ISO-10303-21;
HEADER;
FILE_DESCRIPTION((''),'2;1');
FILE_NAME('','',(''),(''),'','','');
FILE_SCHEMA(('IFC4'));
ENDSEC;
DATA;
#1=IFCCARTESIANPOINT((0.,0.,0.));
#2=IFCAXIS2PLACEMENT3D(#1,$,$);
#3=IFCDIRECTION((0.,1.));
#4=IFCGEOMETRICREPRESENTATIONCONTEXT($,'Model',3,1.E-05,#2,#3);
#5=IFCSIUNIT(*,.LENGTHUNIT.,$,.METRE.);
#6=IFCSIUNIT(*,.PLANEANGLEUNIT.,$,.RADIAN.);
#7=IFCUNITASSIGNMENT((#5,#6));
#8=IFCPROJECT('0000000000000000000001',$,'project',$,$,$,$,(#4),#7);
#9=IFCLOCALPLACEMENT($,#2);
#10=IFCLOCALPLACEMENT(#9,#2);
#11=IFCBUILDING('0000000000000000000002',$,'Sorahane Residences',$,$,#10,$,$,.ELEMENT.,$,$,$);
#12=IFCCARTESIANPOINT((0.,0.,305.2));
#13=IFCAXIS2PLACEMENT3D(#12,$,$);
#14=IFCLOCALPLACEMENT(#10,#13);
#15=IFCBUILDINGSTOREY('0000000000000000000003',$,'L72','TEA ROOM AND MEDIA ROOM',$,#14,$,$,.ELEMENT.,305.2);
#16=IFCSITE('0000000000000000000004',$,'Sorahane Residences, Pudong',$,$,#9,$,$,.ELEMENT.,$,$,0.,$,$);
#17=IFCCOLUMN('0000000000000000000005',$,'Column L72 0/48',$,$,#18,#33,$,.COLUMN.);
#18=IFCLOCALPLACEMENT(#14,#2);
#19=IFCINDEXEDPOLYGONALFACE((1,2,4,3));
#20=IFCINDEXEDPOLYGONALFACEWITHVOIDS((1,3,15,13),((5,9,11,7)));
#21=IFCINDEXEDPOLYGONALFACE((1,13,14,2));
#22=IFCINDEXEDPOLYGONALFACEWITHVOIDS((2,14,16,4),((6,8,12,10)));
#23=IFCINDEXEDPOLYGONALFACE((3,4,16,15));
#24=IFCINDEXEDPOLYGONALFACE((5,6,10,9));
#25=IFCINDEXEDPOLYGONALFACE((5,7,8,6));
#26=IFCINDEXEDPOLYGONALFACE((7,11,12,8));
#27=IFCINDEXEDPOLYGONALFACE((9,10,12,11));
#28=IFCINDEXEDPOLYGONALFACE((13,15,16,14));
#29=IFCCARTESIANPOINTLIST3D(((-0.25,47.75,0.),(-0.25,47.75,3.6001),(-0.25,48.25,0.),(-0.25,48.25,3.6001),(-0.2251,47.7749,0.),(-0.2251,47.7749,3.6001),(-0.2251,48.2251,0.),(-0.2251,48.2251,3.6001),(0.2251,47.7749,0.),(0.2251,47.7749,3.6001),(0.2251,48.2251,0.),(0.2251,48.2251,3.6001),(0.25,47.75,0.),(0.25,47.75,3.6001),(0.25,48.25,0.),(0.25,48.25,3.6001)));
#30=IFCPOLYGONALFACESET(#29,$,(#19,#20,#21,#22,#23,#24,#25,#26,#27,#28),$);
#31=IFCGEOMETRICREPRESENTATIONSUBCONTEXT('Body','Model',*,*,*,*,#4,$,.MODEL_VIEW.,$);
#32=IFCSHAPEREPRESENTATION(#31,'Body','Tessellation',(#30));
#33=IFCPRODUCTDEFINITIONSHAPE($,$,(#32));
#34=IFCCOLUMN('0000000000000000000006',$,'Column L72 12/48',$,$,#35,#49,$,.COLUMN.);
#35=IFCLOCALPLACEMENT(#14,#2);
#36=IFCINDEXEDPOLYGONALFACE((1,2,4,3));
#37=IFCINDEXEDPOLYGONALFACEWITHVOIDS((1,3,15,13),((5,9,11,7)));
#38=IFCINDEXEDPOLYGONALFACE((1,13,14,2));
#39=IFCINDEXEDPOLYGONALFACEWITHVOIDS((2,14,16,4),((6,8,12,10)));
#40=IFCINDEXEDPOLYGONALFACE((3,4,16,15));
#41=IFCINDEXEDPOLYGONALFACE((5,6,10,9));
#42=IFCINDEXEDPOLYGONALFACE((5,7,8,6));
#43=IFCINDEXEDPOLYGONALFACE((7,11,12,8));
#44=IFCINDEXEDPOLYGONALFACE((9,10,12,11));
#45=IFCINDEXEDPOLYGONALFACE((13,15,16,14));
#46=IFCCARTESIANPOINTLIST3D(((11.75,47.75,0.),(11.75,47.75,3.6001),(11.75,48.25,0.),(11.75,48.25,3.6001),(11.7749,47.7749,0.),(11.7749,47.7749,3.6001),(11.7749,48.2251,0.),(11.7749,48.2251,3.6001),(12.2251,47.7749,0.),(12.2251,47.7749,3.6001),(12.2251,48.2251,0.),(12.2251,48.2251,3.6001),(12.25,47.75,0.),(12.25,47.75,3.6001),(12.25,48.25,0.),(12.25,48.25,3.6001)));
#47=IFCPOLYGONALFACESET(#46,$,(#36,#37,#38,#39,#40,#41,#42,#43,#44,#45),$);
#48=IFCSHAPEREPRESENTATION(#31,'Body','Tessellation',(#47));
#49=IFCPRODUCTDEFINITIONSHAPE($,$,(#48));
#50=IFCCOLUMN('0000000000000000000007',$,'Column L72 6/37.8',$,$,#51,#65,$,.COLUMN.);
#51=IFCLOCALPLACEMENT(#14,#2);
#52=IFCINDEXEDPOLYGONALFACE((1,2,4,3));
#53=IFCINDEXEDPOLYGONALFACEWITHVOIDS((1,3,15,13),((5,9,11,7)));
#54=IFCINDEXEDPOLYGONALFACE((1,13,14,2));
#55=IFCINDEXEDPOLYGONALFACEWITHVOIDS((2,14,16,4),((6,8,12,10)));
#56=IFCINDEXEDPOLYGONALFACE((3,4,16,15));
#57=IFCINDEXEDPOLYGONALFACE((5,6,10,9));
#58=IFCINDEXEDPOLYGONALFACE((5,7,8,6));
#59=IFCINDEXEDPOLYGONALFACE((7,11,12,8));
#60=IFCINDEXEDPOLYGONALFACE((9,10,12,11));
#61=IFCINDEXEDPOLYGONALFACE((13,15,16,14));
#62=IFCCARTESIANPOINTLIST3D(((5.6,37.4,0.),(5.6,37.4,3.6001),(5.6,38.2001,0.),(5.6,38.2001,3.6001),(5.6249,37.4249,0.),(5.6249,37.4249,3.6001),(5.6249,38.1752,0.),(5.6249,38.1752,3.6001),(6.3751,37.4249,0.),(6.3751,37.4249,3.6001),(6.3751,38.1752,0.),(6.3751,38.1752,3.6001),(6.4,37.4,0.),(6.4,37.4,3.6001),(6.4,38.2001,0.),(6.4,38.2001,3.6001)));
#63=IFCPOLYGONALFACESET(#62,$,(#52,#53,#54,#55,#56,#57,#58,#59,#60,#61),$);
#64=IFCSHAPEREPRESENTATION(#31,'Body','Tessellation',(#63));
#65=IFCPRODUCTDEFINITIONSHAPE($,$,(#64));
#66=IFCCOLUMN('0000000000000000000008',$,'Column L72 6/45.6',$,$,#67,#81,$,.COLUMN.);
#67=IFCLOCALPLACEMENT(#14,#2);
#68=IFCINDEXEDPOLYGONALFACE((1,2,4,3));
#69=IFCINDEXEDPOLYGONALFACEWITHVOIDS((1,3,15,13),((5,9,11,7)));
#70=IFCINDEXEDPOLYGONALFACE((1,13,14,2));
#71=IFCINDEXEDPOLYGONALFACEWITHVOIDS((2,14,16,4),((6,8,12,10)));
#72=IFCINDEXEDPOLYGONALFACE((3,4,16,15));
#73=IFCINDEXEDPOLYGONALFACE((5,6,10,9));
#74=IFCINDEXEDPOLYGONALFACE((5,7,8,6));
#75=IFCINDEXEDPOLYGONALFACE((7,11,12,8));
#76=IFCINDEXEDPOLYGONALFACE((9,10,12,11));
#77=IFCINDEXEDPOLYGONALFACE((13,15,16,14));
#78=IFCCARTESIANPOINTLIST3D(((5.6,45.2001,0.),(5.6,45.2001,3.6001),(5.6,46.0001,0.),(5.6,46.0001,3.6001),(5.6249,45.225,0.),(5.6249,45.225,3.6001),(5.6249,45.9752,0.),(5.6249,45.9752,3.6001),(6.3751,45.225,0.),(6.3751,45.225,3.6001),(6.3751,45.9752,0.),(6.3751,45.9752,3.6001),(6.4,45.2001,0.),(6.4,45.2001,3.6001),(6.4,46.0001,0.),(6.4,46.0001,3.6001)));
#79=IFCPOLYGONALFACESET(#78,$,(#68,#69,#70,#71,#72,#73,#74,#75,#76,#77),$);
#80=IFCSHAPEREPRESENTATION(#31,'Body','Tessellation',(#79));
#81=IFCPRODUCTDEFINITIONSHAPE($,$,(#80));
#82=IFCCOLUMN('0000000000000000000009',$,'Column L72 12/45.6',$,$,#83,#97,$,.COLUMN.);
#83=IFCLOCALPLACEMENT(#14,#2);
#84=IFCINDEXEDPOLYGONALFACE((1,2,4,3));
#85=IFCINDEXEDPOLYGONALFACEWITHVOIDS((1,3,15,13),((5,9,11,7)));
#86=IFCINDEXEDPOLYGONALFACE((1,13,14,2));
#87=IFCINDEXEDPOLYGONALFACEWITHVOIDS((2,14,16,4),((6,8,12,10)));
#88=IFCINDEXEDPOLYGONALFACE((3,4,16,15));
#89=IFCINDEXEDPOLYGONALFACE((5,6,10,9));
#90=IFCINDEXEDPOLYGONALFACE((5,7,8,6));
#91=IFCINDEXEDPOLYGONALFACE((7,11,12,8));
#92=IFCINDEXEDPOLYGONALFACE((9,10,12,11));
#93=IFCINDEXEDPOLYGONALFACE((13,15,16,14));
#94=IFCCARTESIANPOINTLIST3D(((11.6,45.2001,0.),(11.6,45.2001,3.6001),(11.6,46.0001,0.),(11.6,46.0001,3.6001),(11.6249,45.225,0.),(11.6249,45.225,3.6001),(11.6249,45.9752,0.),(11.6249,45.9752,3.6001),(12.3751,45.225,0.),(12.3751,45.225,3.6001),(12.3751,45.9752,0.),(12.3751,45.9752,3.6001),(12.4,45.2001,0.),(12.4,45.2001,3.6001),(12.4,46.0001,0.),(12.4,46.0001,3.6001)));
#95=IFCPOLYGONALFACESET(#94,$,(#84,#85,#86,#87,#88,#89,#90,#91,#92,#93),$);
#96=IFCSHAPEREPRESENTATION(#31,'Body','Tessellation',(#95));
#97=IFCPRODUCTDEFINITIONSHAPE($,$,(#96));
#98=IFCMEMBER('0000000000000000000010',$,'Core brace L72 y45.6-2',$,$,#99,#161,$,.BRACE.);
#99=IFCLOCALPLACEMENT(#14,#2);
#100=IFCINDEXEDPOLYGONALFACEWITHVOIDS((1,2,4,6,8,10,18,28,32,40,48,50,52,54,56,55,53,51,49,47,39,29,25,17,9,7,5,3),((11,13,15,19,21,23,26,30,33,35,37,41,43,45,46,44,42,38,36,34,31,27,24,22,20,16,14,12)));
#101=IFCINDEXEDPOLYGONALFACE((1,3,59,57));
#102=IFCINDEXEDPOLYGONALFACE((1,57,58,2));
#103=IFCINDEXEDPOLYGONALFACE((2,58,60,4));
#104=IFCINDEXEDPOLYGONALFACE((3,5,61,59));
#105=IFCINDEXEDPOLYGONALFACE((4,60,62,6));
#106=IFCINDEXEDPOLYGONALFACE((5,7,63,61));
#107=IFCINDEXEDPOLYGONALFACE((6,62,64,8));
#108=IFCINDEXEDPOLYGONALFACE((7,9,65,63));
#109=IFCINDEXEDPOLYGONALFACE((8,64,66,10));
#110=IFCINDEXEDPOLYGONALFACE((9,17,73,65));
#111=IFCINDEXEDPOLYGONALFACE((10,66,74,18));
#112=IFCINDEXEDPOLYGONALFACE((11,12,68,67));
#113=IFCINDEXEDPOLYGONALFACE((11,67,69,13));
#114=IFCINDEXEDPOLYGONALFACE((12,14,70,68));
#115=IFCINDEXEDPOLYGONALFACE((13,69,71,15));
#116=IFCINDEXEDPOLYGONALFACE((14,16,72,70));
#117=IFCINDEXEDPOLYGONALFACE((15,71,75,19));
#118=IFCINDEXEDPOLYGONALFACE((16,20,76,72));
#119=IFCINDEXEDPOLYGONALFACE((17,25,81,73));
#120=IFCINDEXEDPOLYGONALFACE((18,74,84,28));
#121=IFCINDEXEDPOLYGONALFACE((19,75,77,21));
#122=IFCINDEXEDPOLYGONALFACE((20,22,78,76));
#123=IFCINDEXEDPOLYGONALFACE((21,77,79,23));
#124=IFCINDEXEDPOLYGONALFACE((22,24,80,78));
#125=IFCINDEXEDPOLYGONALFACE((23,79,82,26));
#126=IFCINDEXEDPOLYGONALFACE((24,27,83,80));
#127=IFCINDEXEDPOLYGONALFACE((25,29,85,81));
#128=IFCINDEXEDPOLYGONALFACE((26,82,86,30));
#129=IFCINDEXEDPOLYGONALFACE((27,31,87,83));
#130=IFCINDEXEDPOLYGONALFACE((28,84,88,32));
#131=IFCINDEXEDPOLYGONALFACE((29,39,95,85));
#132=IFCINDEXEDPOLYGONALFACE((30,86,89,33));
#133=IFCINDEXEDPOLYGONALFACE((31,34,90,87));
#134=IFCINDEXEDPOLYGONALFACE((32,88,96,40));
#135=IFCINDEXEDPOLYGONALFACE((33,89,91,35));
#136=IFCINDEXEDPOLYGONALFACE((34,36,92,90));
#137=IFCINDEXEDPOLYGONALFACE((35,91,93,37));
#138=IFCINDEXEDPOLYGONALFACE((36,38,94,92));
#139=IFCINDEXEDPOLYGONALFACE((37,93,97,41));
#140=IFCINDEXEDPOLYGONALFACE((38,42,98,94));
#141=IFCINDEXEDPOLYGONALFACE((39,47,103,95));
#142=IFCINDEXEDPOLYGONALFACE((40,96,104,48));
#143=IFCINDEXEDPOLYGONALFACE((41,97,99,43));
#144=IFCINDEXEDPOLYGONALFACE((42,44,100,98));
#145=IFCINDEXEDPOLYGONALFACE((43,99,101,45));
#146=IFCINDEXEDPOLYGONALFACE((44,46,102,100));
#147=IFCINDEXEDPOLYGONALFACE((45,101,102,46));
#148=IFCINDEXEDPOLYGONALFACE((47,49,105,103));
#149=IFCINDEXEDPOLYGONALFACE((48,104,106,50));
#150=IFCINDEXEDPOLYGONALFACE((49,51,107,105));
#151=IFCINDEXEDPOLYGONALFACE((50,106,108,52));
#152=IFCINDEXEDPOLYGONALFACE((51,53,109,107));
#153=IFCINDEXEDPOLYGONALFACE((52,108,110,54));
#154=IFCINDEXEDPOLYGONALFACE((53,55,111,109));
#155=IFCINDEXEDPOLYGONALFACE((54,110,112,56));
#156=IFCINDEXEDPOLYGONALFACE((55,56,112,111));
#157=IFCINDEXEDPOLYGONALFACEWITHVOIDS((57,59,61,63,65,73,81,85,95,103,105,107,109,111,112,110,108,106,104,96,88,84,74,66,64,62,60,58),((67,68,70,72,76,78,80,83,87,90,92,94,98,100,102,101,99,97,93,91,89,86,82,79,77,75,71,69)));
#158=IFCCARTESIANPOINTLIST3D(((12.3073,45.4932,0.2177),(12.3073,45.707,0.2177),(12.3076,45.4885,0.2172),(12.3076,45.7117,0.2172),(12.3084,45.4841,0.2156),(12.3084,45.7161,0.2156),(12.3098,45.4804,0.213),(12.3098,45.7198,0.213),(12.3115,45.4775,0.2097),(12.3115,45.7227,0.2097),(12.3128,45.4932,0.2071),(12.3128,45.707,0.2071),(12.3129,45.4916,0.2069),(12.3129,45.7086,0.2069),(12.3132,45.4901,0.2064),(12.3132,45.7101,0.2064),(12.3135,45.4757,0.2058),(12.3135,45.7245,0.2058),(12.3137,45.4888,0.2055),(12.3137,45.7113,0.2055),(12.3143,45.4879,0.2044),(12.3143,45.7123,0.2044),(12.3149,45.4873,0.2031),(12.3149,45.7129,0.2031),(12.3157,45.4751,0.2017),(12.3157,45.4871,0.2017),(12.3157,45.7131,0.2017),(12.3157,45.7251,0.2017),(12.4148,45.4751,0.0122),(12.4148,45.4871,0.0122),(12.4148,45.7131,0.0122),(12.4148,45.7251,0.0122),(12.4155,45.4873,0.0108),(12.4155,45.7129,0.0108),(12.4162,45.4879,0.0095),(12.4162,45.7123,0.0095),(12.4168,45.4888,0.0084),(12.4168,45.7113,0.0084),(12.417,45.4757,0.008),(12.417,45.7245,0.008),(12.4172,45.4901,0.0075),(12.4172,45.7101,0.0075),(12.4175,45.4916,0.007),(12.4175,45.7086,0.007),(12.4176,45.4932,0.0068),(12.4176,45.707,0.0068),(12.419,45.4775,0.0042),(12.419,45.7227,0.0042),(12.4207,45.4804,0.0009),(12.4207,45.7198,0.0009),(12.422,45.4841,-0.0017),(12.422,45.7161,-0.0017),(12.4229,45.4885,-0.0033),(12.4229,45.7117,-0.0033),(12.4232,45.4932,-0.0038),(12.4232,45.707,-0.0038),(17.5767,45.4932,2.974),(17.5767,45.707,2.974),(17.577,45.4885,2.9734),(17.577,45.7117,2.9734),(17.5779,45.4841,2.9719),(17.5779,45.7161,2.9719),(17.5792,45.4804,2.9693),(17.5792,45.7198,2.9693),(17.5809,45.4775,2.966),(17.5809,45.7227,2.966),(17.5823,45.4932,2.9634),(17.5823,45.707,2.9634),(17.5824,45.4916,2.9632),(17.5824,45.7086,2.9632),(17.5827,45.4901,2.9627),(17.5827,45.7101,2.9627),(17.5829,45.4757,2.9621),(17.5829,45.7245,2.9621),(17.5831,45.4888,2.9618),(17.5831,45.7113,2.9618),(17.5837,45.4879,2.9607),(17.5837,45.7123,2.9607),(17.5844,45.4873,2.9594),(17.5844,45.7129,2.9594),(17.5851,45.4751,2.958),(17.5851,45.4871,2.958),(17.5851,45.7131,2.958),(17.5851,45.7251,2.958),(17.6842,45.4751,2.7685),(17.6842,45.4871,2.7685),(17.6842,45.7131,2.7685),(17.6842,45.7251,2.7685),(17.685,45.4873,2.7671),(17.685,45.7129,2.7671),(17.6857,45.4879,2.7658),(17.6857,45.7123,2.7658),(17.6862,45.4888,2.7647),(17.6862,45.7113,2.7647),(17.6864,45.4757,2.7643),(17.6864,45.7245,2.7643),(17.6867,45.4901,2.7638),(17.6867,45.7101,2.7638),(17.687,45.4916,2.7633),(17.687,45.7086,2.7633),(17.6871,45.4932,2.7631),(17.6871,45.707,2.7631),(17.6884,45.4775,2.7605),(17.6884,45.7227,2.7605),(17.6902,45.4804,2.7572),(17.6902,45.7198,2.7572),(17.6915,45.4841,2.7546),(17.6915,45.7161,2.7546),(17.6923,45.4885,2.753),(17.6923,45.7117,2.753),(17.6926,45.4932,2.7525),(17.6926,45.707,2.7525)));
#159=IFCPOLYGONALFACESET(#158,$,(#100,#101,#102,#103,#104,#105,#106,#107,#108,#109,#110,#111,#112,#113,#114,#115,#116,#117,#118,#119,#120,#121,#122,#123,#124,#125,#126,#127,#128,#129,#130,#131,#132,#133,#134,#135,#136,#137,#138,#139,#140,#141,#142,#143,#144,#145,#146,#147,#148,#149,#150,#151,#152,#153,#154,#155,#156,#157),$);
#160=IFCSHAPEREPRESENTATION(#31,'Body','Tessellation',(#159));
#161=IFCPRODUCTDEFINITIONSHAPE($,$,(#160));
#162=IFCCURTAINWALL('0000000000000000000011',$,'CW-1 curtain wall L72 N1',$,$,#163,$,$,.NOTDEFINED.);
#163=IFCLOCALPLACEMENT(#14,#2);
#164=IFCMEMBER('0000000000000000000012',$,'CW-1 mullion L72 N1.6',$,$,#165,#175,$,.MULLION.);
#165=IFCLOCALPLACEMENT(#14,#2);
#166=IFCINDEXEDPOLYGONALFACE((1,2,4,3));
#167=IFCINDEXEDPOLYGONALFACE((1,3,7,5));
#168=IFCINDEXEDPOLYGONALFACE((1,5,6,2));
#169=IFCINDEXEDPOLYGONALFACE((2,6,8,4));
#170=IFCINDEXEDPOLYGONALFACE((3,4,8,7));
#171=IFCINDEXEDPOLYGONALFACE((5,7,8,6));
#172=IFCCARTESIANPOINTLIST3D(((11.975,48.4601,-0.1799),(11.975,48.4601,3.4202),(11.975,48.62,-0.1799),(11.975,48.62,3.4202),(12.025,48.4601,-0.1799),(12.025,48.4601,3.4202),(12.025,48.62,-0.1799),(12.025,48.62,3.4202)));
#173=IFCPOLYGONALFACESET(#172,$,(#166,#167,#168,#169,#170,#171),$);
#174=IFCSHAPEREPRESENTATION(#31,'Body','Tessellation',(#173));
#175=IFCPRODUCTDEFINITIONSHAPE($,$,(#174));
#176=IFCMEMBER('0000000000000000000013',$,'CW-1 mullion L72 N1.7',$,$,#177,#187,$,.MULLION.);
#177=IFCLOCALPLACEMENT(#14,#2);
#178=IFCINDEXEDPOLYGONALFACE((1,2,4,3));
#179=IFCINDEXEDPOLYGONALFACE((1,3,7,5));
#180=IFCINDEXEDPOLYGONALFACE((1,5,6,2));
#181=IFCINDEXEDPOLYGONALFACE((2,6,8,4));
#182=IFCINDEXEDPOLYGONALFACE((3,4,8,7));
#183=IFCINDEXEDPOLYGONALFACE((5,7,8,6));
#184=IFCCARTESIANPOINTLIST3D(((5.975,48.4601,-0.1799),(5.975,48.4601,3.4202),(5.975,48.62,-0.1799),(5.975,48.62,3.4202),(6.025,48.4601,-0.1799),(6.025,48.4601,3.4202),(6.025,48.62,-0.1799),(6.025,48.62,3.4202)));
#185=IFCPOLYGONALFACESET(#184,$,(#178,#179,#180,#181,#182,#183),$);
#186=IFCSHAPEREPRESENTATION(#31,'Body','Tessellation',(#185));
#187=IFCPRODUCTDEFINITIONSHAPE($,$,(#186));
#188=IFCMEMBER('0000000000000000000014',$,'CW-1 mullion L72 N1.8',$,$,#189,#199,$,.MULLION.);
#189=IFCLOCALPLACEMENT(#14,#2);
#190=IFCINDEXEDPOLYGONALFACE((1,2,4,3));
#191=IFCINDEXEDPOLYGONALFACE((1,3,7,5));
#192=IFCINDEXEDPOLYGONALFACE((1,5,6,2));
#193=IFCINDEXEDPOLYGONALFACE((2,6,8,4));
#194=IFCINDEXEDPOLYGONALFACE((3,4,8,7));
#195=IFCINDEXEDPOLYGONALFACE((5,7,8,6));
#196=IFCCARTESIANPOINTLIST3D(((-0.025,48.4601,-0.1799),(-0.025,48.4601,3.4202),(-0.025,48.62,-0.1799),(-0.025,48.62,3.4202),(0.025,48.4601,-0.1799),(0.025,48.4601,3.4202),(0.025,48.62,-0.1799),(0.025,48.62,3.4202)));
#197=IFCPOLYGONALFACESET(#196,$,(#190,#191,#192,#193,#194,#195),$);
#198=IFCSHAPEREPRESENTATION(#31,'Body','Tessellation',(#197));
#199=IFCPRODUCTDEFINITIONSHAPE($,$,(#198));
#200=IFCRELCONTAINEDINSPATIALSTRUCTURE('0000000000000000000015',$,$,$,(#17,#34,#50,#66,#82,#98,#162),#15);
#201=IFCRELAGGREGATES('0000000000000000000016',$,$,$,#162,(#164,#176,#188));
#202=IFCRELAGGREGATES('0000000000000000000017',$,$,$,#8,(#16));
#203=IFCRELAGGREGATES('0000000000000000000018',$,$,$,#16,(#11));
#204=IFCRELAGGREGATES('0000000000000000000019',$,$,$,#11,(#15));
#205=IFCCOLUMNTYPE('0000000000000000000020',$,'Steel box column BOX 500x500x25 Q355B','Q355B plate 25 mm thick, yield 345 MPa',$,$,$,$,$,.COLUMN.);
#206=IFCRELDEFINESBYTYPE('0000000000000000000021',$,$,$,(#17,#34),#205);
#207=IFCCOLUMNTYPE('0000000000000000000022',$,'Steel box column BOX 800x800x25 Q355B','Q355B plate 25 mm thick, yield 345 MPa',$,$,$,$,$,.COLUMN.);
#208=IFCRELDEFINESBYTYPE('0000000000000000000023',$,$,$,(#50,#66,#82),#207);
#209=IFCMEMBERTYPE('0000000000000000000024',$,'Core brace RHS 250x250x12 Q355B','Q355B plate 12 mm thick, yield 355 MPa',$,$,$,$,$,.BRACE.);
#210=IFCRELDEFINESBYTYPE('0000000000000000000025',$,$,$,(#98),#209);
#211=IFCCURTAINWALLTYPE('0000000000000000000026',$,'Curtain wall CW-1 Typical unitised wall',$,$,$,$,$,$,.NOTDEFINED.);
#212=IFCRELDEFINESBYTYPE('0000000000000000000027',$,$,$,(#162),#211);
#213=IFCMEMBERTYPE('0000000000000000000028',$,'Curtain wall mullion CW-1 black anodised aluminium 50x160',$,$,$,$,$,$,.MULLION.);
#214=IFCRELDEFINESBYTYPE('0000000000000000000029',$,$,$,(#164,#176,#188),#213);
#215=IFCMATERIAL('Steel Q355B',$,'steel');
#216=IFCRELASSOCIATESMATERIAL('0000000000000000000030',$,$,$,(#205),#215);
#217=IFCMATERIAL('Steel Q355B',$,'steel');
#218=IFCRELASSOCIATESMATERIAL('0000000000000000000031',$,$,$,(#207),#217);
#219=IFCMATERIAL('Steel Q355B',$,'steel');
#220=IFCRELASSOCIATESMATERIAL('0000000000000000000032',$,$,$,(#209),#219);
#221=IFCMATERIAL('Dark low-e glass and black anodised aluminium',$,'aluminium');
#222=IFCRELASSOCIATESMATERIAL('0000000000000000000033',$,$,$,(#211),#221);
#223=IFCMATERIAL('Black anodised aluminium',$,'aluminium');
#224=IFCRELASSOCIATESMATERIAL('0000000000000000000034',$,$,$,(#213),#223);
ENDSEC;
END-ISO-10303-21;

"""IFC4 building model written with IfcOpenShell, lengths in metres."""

from ifc_helpers import new_model, si_unit, direction, frame, origin, origin_2d, place, context, subcontext, project, spatial, rectangle, hollow_rectangle, extrude, material, material_profile, profile_set, type_object, element, aggregate, save


model = new_model("IFC4")

# Units and contexts
model_context = context("Model", 3, precision=1e-05, world=origin(), true_north=direction((0.0, 1.0)))
body_context = subcontext(model_context, "Body", "Model", "MODEL_VIEW")
ifc_project = project(units=[si_unit("LENGTHUNIT", "METRE"), si_unit("PLANEANGLEUNIT", "RADIAN")], contexts=[model_context])

# Site, building, storey
site_placement = place(None, origin())
site = spatial("IfcSite", under=ifc_project, at=site_placement, Name="Sorahane Residences, Pudong", CompositionType="ELEMENT", RefElevation=0.0)
building_placement = place(site_placement, origin())
building = spatial("IfcBuilding", under=site, at=building_placement, Name="Sorahane Residences", CompositionType="ELEMENT")
storey_placement = place(building_placement, frame((0.0, 0.0, 305.2)))
storey = spatial("IfcBuildingStorey", under=building, at=storey_placement, Name="L72", Description="TEA ROOM AND MEDIA ROOM", CompositionType="ELEMENT", Elevation=305.2)

# Columns
ifc_material_1 = material(Name="Steel Q355B", Category="steel")
ifc_material_profile_1 = material_profile(ifc_material_1, hollow_rectangle(XDim=0.5, YDim=0.5, WallThickness=0.0249, at=origin_2d()), Name="BOX 500x500x25")
ifc_profile_set_1 = profile_set([ifc_material_profile_1], Name="Steel Q355B")
column_type_1 = type_object("IfcColumnType", Name="Steel box column BOX 500x500x25 Q355B", Description="Q355B plate 25 mm thick, yield 345 MPa", PredefinedType="COLUMN", material=ifc_profile_set_1)
for number, where, z_axis, x_axis, name in (
    (1, (0.0, 48.0, 0.0), (0.0, 0.0, 1.0), (1.0, 0.0, 0.0), "Column L72 0/48"),
    (2, (12.0, 48.0, 0.0), (0.0, 0.0, 1.0), (1.0, 0.0, 0.0), "Column L72 12/48"),
):
    element("IfcColumn", number, at=place(storey_placement, frame(where, z_axis=z_axis, x_axis=x_axis)), inside=storey, type_object=column_type_1, Name=name, PredefinedType="COLUMN", context=body_context, shape_type="SweptSolid", body=[
        extrude(hollow_rectangle(XDim=0.5, YDim=0.5, WallThickness=0.0249, at=origin_2d()), origin(), (0.0, 0.0, 1.0), 3.6001),
    ])
ifc_material_2 = material(Name="Steel Q355B", Category="steel")
ifc_material_profile_2 = material_profile(ifc_material_2, hollow_rectangle(XDim=0.8, YDim=0.8, WallThickness=0.0249, at=origin_2d()), Name="BOX 800x800x25")
ifc_profile_set_2 = profile_set([ifc_material_profile_2], Name="Steel Q355B")
column_type_2 = type_object("IfcColumnType", Name="Steel box column BOX 800x800x25 Q355B", Description="Q355B plate 25 mm thick, yield 345 MPa", PredefinedType="COLUMN", material=ifc_profile_set_2)
for number, where, z_axis, x_axis, name in (
    (3, (6.0, 37.8, 0.0), (0.0, 0.0, 1.0), (1.0, 0.0, 0.0), "Column L72 6/37.8"),
    (4, (6.0, 45.6001, 0.0), (0.0, 0.0, 1.0), (1.0, 0.0, 0.0), "Column L72 6/45.6"),
    (5, (12.0, 45.6001, 0.0), (0.0, 0.0, 1.0), (1.0, 0.0, 0.0), "Column L72 12/45.6"),
):
    element("IfcColumn", number, at=place(storey_placement, frame(where, z_axis=z_axis, x_axis=x_axis)), inside=storey, type_object=column_type_2, Name=name, PredefinedType="COLUMN", context=body_context, shape_type="SweptSolid", body=[
        extrude(hollow_rectangle(XDim=0.8, YDim=0.8, WallThickness=0.0249, at=origin_2d()), origin(), (0.0, 0.0, 1.0), 3.6001),
    ])

# Member
ifc_material_3 = material(Name="Steel Q355B", Category="steel")
ifc_material_profile_3 = material_profile(ifc_material_3, hollow_rectangle(XDim=0.25, YDim=0.25, WallThickness=0.012, InnerFilletRadius=0.0061, OuterFilletRadius=0.0181, at=origin_2d()), Name="RHS 250x250x12")
ifc_profile_set_3 = profile_set([ifc_material_profile_3], Name="Steel Q355B")
member_type_1 = type_object("IfcMemberType", Name="Core brace RHS 250x250x12 Q355B", Description="Q355B plate 12 mm thick, yield 355 MPa", PredefinedType="BRACE", material=ifc_profile_set_3)
member_1_placement = place(storey_placement, frame((12.3652, 45.6001, 0.1069), z_axis=(0.8861, 0.0, 0.463495), x_axis=(0.0, 1.0, 0.0)))
element("IfcMember", 6, at=member_1_placement, inside=storey, type_object=member_type_1, Name="Core brace L72 y45.6-2", PredefinedType="BRACE", context=body_context, shape_type="SweptSolid", body=[
    extrude(hollow_rectangle(XDim=0.25, YDim=0.25, WallThickness=0.012, InnerFilletRadius=0.0061, OuterFilletRadius=0.0181, at=origin_2d()), origin(), (0.0, 0.0, 1.0), 5.9468),
])

# Curtain wall, members
ifc_material_4 = material(Name="Dark low-e glass and black anodised aluminium", Category="aluminium")
curtain_wall_type = type_object("IfcCurtainWallType", Name="Curtain wall CW-1 Typical unitised wall", PredefinedType="NOTDEFINED", material=ifc_material_4)
curtain_wall_placement = place(storey_placement, origin())
curtain_wall = element("IfcCurtainWall", 7, at=curtain_wall_placement, inside=storey, type_object=curtain_wall_type, Name="CW-1 curtain wall L72 N1", PredefinedType="NOTDEFINED")
ifc_material_5 = material(Name="Black anodised aluminium", Category="aluminium")
ifc_material_profile_4 = material_profile(ifc_material_5, rectangle(XDim=0.1599, YDim=0.05, at=origin_2d()), Name="Curtain wall mullion CW-1 black anodised aluminium 50x160")
ifc_profile_set_4 = profile_set([ifc_material_profile_4], Name="Black anodised aluminium")
member_type_2 = type_object("IfcMemberType", Name="Curtain wall mullion CW-1 black anodised aluminium 50x160", PredefinedType="MULLION", material=ifc_profile_set_4)
member_2_placement = place(storey_placement, frame((12.0, 48.54, -0.1799), z_axis=(0.0, 0.0, 1.0), x_axis=(0.0, 1.0, 0.0)))
member_2 = element("IfcMember", 8, at=member_2_placement, type_object=member_type_2, Name="CW-1 mullion L72 N1.6", PredefinedType="MULLION", context=body_context, shape_type="SweptSolid", body=[
    extrude(rectangle(XDim=0.1599, YDim=0.05, at=origin_2d()), origin(), (0.0, 0.0, 1.0), 3.6001),
])
member_3_placement = place(storey_placement, frame((6.0, 48.54, -0.1799), z_axis=(0.0, 0.0, 1.0), x_axis=(0.0, 1.0, 0.0)))
member_3 = element("IfcMember", 9, at=member_3_placement, type_object=member_type_2, Name="CW-1 mullion L72 N1.7", PredefinedType="MULLION", context=body_context, shape_type="SweptSolid", body=[
    extrude(rectangle(XDim=0.1599, YDim=0.05, at=origin_2d()), origin(), (0.0, 0.0, 1.0), 3.6001),
])
member_4_placement = place(storey_placement, frame((0.0, 48.54, -0.1799), z_axis=(0.0, 0.0, 1.0), x_axis=(0.0, 1.0, 0.0)))
member_4 = element("IfcMember", 10, at=member_4_placement, type_object=member_type_2, Name="CW-1 mullion L72 N1.8", PredefinedType="MULLION", context=body_context, shape_type="SweptSolid", body=[
    extrude(rectangle(XDim=0.1599, YDim=0.05, at=origin_2d()), origin(), (0.0, 0.0, 1.0), 3.6001),
])

aggregate(curtain_wall, [member_2, member_3, member_4])

save(model, "model.ifc")
